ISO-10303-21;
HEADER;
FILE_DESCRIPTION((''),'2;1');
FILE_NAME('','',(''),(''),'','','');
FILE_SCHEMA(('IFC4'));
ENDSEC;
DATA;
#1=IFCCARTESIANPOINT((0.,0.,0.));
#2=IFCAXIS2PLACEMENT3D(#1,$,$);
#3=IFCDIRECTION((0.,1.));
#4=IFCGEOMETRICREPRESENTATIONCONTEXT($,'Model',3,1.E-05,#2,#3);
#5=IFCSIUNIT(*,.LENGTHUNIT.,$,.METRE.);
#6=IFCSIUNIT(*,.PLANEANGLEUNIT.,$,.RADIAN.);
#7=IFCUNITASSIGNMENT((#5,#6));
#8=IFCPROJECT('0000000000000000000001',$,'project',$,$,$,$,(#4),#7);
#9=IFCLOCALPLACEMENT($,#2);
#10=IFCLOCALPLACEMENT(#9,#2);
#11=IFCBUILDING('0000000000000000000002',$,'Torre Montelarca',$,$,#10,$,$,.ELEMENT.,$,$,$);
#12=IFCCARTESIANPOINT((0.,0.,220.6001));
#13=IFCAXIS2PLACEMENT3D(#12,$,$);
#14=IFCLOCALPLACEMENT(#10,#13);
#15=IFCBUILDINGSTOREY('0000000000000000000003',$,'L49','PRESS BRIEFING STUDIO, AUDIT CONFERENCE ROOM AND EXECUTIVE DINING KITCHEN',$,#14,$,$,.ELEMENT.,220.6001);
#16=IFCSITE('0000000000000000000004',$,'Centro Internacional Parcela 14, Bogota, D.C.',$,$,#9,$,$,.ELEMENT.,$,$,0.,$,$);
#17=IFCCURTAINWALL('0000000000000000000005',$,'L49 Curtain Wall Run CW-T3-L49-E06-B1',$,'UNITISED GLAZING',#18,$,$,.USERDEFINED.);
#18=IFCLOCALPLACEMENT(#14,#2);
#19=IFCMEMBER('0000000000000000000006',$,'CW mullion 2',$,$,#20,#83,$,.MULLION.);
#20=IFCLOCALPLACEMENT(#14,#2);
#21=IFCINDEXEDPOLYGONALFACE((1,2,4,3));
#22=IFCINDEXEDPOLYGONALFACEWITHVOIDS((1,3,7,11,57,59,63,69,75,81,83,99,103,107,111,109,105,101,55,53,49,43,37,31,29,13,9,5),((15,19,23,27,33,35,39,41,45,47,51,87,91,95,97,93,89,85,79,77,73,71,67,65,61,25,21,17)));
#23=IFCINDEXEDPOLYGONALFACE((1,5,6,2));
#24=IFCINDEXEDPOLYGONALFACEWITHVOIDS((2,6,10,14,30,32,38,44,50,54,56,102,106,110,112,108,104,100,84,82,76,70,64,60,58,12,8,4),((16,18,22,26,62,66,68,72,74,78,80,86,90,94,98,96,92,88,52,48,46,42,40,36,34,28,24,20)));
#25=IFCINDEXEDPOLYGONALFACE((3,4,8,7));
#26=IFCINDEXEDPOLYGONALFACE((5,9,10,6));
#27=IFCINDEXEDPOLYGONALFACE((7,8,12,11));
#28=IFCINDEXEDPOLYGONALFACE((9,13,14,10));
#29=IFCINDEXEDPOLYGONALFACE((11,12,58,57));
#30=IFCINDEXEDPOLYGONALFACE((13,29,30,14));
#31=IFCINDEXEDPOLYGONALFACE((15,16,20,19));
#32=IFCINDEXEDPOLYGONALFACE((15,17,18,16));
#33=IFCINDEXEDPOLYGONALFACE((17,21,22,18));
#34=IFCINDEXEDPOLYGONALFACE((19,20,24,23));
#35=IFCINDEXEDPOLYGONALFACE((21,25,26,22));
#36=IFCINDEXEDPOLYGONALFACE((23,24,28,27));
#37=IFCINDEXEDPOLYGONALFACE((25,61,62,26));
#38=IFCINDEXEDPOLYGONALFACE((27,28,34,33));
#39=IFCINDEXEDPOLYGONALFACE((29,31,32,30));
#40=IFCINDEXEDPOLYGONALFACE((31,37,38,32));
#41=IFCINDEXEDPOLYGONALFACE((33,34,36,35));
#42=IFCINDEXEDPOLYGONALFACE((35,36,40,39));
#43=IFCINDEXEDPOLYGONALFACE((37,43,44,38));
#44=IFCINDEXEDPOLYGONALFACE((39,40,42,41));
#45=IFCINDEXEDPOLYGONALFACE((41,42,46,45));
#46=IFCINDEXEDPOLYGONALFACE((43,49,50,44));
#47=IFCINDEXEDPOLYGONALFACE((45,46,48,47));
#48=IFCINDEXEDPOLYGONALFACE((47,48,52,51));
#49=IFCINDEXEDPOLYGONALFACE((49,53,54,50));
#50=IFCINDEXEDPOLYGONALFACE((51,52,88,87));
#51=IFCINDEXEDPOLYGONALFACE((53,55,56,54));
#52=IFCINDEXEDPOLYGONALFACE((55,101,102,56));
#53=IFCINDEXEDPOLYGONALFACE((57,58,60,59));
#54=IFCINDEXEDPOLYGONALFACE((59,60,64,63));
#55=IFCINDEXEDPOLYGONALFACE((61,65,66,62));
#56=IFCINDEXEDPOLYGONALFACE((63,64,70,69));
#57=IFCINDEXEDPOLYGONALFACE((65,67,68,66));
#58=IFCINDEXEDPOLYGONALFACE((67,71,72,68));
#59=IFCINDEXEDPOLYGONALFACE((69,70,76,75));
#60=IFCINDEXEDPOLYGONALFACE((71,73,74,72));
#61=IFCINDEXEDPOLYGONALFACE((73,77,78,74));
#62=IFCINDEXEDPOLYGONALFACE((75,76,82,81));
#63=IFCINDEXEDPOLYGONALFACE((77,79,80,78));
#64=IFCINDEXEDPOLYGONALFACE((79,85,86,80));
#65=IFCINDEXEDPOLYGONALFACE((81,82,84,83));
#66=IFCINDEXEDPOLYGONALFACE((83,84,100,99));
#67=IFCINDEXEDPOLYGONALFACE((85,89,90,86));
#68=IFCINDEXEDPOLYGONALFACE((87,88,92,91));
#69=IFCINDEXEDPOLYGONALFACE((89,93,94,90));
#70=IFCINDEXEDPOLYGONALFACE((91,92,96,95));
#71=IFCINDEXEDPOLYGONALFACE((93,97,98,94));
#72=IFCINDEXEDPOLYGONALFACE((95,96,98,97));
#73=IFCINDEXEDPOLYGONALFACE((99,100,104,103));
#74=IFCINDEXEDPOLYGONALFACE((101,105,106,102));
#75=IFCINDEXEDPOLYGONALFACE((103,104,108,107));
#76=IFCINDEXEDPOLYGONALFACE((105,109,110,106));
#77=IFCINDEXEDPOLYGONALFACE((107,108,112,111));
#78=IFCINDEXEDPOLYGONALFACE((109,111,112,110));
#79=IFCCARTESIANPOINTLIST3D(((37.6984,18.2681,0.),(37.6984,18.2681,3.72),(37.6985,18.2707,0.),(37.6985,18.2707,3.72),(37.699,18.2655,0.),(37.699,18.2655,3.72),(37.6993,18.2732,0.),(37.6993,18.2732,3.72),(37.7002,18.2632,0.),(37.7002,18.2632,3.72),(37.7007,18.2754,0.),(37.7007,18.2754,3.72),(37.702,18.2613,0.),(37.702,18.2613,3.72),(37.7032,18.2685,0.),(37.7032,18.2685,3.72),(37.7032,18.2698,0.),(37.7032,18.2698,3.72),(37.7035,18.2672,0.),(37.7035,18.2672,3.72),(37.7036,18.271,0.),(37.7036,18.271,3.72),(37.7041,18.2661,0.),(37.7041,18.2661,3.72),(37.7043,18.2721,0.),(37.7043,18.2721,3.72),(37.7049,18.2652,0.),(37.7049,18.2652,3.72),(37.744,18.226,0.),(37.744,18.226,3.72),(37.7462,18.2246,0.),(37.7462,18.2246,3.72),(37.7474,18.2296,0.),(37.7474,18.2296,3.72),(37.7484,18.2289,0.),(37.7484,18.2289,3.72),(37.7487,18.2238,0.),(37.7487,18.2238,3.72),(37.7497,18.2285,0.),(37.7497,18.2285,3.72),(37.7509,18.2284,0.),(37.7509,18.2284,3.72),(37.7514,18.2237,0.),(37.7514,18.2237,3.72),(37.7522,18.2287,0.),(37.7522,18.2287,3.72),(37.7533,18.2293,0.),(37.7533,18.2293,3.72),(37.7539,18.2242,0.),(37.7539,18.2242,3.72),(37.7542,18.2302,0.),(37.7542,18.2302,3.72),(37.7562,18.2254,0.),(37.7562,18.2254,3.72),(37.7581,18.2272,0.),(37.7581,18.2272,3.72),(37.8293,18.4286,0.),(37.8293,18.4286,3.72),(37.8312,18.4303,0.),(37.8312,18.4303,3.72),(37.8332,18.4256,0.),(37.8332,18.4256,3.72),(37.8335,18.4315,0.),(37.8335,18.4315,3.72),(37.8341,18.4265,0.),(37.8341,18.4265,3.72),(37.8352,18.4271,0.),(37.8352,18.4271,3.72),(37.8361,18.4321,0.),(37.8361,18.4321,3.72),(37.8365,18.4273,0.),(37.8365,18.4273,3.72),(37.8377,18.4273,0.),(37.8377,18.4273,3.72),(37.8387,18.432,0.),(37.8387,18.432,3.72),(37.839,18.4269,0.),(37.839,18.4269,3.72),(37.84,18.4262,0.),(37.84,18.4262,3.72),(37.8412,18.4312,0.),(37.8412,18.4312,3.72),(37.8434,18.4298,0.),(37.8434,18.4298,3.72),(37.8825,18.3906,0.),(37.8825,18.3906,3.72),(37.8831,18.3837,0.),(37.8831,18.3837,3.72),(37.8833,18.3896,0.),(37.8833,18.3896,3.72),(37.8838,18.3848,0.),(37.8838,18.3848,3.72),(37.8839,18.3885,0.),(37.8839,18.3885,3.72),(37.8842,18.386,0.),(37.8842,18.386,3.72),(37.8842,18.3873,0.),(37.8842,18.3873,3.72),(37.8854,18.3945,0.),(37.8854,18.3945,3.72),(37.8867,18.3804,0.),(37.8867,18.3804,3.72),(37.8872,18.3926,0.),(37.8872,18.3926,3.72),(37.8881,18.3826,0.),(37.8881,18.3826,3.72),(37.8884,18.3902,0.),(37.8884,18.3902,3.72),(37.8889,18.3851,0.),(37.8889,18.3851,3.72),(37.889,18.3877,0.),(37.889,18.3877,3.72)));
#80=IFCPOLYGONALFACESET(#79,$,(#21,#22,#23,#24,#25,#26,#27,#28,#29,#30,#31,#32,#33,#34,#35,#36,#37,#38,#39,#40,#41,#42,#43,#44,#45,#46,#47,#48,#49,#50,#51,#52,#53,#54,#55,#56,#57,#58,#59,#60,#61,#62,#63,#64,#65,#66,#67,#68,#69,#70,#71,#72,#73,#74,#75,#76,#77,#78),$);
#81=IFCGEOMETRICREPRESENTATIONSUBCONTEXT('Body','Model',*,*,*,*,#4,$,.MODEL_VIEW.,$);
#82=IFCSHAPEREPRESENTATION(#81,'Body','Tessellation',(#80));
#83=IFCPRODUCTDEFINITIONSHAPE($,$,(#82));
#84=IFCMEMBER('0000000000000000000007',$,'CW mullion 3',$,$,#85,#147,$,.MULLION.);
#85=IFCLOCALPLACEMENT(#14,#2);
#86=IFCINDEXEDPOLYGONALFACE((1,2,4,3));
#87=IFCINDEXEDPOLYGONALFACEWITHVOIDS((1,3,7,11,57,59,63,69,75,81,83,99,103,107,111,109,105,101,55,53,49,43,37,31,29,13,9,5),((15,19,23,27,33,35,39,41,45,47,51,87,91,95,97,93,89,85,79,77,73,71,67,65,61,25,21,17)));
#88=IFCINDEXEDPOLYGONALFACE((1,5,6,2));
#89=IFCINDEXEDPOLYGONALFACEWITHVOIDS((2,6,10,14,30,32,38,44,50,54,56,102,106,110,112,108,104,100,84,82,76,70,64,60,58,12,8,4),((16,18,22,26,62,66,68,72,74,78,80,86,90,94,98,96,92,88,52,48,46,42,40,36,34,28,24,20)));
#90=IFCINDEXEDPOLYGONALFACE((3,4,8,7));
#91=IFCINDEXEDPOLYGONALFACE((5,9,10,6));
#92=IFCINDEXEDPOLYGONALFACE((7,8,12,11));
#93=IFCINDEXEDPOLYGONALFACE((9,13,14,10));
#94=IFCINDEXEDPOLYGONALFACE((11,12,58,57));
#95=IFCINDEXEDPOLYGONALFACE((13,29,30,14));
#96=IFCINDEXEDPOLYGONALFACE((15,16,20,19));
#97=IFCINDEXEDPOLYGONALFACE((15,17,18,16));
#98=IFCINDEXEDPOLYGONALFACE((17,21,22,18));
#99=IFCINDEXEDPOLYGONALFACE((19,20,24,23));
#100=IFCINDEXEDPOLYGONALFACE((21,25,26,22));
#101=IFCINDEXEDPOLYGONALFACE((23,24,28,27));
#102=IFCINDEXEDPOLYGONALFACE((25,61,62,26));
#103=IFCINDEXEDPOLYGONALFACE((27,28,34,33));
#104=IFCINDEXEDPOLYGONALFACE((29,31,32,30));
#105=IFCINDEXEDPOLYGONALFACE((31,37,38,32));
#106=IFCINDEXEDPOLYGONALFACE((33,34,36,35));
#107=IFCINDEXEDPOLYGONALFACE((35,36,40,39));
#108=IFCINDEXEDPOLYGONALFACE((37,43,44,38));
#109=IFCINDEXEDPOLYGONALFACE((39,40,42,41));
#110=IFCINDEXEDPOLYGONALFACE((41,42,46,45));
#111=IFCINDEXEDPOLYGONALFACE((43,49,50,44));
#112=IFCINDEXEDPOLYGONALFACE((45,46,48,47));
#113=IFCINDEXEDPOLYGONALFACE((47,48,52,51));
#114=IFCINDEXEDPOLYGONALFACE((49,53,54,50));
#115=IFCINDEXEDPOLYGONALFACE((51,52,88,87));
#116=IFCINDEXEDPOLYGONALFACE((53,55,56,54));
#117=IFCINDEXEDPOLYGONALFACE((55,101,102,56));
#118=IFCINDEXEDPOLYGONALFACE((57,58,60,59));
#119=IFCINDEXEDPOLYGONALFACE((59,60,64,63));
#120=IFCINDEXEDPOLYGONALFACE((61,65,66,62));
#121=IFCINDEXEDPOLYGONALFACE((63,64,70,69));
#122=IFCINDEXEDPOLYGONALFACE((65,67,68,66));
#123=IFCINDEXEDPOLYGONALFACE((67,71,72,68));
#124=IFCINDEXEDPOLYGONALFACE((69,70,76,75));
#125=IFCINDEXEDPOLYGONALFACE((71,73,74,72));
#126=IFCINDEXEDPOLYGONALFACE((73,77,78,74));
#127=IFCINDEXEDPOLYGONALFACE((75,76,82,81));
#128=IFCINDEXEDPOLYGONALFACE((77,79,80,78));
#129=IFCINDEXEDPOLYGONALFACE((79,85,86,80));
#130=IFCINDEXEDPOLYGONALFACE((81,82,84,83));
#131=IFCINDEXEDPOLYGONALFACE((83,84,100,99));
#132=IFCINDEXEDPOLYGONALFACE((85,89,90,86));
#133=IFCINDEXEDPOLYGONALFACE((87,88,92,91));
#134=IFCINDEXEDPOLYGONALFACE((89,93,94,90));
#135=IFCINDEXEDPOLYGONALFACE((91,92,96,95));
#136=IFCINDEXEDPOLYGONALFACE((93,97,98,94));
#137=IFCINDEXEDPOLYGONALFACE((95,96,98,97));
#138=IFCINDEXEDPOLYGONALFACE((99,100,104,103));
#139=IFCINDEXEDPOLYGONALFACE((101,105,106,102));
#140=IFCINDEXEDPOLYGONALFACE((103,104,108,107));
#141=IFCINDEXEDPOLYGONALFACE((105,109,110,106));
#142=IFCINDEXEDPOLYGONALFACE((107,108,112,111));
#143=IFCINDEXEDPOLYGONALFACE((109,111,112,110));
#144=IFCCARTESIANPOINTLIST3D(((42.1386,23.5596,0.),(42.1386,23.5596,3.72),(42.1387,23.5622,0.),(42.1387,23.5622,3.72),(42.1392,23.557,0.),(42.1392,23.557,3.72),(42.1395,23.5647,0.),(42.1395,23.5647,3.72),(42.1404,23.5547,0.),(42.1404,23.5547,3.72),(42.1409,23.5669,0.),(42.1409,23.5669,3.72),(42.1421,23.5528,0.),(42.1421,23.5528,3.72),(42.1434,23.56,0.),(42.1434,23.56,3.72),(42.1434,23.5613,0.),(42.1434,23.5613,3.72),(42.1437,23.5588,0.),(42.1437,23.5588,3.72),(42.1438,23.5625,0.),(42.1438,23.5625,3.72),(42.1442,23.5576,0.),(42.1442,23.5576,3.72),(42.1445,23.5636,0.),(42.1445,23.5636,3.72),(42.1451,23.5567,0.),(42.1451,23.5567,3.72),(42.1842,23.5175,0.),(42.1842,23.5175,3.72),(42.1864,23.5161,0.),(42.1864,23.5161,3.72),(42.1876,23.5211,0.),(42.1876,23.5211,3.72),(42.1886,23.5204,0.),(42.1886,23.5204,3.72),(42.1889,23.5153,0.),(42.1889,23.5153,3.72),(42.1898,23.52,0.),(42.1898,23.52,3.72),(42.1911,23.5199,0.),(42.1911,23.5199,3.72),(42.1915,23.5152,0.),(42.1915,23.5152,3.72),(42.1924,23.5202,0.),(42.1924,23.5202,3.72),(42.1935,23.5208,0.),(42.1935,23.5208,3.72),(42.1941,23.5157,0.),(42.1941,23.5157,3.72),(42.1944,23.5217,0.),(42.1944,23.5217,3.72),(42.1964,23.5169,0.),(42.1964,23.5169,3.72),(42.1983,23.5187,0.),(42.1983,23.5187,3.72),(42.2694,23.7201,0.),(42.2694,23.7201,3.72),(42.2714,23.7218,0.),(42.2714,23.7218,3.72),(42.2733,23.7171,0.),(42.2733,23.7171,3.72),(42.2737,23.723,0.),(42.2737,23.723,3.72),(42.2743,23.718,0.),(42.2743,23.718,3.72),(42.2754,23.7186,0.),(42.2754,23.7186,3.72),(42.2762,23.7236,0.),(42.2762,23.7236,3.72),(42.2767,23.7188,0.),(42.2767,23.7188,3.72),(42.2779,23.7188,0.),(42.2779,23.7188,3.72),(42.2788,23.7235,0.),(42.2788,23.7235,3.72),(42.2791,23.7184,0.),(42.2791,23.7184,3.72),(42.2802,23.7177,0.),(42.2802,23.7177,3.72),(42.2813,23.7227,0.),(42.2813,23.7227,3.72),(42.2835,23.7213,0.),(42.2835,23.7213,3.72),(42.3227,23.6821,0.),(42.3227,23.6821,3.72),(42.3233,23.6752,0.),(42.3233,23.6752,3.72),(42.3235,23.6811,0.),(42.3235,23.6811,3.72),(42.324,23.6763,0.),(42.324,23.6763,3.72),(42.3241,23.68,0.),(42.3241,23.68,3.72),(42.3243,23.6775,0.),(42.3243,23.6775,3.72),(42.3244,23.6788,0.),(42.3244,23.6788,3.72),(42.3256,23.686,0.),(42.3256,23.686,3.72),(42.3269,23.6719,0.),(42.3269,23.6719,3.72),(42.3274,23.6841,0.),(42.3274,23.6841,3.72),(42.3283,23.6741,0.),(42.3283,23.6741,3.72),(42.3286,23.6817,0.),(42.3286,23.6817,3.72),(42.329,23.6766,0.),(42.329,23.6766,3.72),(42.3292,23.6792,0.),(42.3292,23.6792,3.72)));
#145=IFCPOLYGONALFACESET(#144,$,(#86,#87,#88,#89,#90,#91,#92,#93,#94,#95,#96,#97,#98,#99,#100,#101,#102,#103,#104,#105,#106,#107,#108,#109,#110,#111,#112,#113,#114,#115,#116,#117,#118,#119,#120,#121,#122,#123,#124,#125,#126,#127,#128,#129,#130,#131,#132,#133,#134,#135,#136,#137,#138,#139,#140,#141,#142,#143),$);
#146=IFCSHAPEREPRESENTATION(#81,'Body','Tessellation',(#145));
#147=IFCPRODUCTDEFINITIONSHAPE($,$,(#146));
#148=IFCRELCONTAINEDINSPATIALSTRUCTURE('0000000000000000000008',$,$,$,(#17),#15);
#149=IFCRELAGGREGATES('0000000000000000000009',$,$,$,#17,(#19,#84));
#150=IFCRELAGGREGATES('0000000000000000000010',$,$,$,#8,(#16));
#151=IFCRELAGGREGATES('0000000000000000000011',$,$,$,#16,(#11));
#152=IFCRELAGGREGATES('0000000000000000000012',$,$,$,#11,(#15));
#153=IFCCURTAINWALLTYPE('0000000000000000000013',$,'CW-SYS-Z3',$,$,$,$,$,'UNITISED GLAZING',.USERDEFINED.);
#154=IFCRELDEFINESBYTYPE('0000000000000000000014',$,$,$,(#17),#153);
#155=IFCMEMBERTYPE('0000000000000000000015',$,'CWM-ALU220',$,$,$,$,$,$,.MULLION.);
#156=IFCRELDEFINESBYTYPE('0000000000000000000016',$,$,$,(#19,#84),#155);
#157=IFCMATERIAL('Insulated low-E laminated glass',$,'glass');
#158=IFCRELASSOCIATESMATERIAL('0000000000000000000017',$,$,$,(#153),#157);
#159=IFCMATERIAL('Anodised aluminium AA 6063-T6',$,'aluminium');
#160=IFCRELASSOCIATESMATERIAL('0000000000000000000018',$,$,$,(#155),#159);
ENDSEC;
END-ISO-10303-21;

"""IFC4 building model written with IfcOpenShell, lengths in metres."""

from ifc_helpers import new_model, si_unit, direction, frame, origin, origin_2d, place, context, subcontext, project, spatial, hollow_rectangle, extrude, source, transform, mapped, material, material_profile, profile_set, type_object, element, aggregate, save


model = new_model("IFC4")

# Units and contexts
model_context = context("Model", 3, precision=1e-05, world=origin(), true_north=direction((0.0, 1.0)))
body_context = subcontext(model_context, "Body", "Model", "MODEL_VIEW")
ifc_project = project(units=[si_unit("LENGTHUNIT", "METRE"), si_unit("PLANEANGLEUNIT", "RADIAN")], contexts=[model_context])

# Site, building, storey
site_placement = place(None, origin())
site = spatial("IfcSite", under=ifc_project, at=site_placement, Name="Centro Internacional Parcela 14, Bogota, D.C.", CompositionType="ELEMENT", RefElevation=0.0)
building_placement = place(site_placement, origin())
building = spatial("IfcBuilding", under=site, at=building_placement, Name="Torre Montelarca", CompositionType="ELEMENT")
storey_placement = place(building_placement, frame((0.0, 0.0, 220.6001)))
storey = spatial("IfcBuildingStorey", under=building, at=storey_placement, Name="L49", Description="PRESS BRIEFING STUDIO, AUDIT CONFERENCE ROOM AND EXECUTIVE DINING KITCHEN", CompositionType="ELEMENT", Elevation=220.6001)

# Shared definitions
ifc_material_1 = material(Name="Insulated low-E laminated glass", Category="glass")
curtain_wall_type = type_object("IfcCurtainWallType", Name="CW-SYS-Z3", ElementType="UNITISED GLAZING", PredefinedType="USERDEFINED", material=ifc_material_1)
ifc_material_2 = material(Name="Anodised aluminium AA 6063-T6", Category="aluminium")

# Shared definitions
ifc_material_profile_1 = material_profile(ifc_material_2, hollow_rectangle(XDim=0.075, YDim=0.22, WallThickness=0.0049, InnerFilletRadius=0.0049, OuterFilletRadius=0.01, at=origin_2d()), Name="ALU75X220X5", Category="aluminium")
ifc_profile_set_1 = profile_set([ifc_material_profile_1], Name="Anodised aluminium AA 6063-T6")
member_type_1 = type_object("IfcMemberType", Name="CWM-ALU220", PredefinedType="MULLION", material=ifc_profile_set_1)
shared_shape_1 = source(origin(), body_context, "Body", "SweptSolid", [
    extrude(hollow_rectangle(XDim=0.075, YDim=0.22, WallThickness=0.0049, InnerFilletRadius=0.0049, OuterFilletRadius=0.01, at=origin_2d()), origin(), (0.0, 0.0, 1.0), 3.72),
])

# Curtain wall, members
curtain_wall_1_placement = place(storey_placement, origin())
curtain_wall_1 = element("IfcCurtainWall", 1, at=curtain_wall_1_placement, inside=storey, type_object=curtain_wall_type, Name="L49 Curtain Wall Run CW-T3-L49-E06-B1", ObjectType="UNITISED GLAZING", PredefinedType="USERDEFINED")
member_1_placement = place(storey_placement, frame((37.7937, 18.3279, 0.0), z_axis=(0.0, 0.0, 1.0), x_axis=(-0.766046, 0.642785, 0.0)))
member_1 = element("IfcMember", 2, at=member_1_placement, type_object=member_type_1, Name="CW mullion 2", PredefinedType="MULLION", context=body_context, shape_type="MappedRepresentation", body=[
    mapped(shared_shape_1, transform((0.0, 0.0, 0.0), scale=1.0)),
])
member_2_placement = place(storey_placement, frame((42.2339, 23.6194, 0.0), z_axis=(0.0, 0.0, 1.0), x_axis=(-0.766046, 0.642785, 0.0)))
member_2 = element("IfcMember", 3, at=member_2_placement, type_object=member_type_1, Name="CW mullion 3", PredefinedType="MULLION", context=body_context, shape_type="MappedRepresentation", body=[
    mapped(shared_shape_1, transform((0.0, 0.0, 0.0), scale=1.0)),
])

aggregate(curtain_wall_1, [member_1, member_2])

save(model, "model.ifc")
